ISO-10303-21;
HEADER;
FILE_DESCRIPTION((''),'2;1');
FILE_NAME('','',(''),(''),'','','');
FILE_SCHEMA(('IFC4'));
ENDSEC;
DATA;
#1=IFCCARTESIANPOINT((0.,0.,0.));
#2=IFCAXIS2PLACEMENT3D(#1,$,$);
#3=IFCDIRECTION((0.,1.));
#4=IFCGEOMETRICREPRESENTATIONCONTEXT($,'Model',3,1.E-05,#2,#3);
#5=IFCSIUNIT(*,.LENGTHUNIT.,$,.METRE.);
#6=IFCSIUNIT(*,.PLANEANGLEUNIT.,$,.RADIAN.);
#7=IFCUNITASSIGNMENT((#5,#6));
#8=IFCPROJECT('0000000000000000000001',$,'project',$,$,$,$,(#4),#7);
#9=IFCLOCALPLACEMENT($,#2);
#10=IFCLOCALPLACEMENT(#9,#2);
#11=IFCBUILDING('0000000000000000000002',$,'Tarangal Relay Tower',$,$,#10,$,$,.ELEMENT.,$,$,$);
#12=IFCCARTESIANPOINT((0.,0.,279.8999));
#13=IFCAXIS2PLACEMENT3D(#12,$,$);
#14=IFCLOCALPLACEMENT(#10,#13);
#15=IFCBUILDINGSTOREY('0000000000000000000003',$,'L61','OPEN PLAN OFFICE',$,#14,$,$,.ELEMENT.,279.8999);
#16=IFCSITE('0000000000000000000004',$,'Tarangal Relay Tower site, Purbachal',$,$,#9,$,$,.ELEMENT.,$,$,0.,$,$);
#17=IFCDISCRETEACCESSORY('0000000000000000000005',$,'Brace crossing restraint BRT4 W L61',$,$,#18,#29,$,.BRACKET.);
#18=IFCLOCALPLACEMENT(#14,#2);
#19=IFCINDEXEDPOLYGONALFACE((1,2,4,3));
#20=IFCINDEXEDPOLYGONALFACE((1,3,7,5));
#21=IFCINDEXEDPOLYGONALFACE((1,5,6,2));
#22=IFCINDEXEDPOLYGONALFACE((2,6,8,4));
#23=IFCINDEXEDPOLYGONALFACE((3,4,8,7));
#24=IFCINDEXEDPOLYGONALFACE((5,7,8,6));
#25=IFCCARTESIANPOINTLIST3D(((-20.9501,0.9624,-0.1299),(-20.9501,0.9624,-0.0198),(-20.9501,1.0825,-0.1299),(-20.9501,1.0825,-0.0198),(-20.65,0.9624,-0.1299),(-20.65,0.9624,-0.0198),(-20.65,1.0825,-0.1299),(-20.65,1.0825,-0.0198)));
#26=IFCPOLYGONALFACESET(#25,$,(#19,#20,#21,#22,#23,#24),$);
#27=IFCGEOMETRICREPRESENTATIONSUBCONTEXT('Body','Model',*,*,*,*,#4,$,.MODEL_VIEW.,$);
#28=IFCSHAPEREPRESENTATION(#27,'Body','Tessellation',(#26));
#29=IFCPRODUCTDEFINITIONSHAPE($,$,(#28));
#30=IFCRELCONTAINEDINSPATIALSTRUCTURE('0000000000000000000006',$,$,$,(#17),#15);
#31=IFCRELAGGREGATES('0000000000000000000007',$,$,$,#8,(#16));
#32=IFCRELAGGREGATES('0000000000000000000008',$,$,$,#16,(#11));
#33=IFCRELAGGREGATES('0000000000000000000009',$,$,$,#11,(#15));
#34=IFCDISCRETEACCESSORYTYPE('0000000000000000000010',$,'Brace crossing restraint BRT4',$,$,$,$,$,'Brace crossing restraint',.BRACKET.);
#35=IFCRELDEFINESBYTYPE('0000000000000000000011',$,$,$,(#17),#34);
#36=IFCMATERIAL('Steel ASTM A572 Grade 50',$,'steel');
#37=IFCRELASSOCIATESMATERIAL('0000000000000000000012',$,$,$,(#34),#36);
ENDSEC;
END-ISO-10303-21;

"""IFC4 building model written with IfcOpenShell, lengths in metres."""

from ifc_helpers import new_model, si_unit, direction, frame, origin, origin_2d, place, context, subcontext, project, spatial, rectangle, extrude, material, type_object, element, save


model = new_model("IFC4")

# Units and contexts
model_context = context("Model", 3, precision=1e-05, world=origin(), true_north=direction((0.0, 1.0)))
body_context = subcontext(model_context, "Body", "Model", "MODEL_VIEW")
ifc_project = project(units=[si_unit("LENGTHUNIT", "METRE"), si_unit("PLANEANGLEUNIT", "RADIAN")], contexts=[model_context])

# Site, building, storey
site_placement = place(None, origin())
site = spatial("IfcSite", under=ifc_project, at=site_placement, Name="Tarangal Relay Tower site, Purbachal", CompositionType="ELEMENT", RefElevation=0.0)
building_placement = place(site_placement, origin())
building = spatial("IfcBuilding", under=site, at=building_placement, Name="Tarangal Relay Tower", CompositionType="ELEMENT")
storey_placement = place(building_placement, frame((0.0, 0.0, 279.8999)))
storey = spatial("IfcBuildingStorey", under=building, at=storey_placement, Name="L61", Description="OPEN PLAN OFFICE", CompositionType="ELEMENT", Elevation=279.8999)

# Shared definitions
ifc_material_1 = material(Name="Steel ASTM A572 Grade 50", Category="steel")

# Discrete accessory
discrete_accessory_type = type_object("IfcDiscreteAccessoryType", Name="Brace crossing restraint BRT4", ElementType="Brace crossing restraint", PredefinedType="BRACKET", material=ifc_material_1)
discrete_accessory_placement = place(storey_placement, frame((-20.8, 1.0225, -0.1299), z_axis=(0.0, 0.0, 1.0), x_axis=(1.0, 0.0, 0.0)))
element("IfcDiscreteAccessory", 1, at=discrete_accessory_placement, inside=storey, type_object=discrete_accessory_type, Name="Brace crossing restraint BRT4 W L61", PredefinedType="BRACKET", context=body_context, shape_type="SweptSolid", body=[
    extrude(rectangle(XDim=0.3, YDim=0.1201, at=origin_2d()), origin(), (0.0, 0.0, 1.0), 0.1101),
])

save(model, "model.ifc")
